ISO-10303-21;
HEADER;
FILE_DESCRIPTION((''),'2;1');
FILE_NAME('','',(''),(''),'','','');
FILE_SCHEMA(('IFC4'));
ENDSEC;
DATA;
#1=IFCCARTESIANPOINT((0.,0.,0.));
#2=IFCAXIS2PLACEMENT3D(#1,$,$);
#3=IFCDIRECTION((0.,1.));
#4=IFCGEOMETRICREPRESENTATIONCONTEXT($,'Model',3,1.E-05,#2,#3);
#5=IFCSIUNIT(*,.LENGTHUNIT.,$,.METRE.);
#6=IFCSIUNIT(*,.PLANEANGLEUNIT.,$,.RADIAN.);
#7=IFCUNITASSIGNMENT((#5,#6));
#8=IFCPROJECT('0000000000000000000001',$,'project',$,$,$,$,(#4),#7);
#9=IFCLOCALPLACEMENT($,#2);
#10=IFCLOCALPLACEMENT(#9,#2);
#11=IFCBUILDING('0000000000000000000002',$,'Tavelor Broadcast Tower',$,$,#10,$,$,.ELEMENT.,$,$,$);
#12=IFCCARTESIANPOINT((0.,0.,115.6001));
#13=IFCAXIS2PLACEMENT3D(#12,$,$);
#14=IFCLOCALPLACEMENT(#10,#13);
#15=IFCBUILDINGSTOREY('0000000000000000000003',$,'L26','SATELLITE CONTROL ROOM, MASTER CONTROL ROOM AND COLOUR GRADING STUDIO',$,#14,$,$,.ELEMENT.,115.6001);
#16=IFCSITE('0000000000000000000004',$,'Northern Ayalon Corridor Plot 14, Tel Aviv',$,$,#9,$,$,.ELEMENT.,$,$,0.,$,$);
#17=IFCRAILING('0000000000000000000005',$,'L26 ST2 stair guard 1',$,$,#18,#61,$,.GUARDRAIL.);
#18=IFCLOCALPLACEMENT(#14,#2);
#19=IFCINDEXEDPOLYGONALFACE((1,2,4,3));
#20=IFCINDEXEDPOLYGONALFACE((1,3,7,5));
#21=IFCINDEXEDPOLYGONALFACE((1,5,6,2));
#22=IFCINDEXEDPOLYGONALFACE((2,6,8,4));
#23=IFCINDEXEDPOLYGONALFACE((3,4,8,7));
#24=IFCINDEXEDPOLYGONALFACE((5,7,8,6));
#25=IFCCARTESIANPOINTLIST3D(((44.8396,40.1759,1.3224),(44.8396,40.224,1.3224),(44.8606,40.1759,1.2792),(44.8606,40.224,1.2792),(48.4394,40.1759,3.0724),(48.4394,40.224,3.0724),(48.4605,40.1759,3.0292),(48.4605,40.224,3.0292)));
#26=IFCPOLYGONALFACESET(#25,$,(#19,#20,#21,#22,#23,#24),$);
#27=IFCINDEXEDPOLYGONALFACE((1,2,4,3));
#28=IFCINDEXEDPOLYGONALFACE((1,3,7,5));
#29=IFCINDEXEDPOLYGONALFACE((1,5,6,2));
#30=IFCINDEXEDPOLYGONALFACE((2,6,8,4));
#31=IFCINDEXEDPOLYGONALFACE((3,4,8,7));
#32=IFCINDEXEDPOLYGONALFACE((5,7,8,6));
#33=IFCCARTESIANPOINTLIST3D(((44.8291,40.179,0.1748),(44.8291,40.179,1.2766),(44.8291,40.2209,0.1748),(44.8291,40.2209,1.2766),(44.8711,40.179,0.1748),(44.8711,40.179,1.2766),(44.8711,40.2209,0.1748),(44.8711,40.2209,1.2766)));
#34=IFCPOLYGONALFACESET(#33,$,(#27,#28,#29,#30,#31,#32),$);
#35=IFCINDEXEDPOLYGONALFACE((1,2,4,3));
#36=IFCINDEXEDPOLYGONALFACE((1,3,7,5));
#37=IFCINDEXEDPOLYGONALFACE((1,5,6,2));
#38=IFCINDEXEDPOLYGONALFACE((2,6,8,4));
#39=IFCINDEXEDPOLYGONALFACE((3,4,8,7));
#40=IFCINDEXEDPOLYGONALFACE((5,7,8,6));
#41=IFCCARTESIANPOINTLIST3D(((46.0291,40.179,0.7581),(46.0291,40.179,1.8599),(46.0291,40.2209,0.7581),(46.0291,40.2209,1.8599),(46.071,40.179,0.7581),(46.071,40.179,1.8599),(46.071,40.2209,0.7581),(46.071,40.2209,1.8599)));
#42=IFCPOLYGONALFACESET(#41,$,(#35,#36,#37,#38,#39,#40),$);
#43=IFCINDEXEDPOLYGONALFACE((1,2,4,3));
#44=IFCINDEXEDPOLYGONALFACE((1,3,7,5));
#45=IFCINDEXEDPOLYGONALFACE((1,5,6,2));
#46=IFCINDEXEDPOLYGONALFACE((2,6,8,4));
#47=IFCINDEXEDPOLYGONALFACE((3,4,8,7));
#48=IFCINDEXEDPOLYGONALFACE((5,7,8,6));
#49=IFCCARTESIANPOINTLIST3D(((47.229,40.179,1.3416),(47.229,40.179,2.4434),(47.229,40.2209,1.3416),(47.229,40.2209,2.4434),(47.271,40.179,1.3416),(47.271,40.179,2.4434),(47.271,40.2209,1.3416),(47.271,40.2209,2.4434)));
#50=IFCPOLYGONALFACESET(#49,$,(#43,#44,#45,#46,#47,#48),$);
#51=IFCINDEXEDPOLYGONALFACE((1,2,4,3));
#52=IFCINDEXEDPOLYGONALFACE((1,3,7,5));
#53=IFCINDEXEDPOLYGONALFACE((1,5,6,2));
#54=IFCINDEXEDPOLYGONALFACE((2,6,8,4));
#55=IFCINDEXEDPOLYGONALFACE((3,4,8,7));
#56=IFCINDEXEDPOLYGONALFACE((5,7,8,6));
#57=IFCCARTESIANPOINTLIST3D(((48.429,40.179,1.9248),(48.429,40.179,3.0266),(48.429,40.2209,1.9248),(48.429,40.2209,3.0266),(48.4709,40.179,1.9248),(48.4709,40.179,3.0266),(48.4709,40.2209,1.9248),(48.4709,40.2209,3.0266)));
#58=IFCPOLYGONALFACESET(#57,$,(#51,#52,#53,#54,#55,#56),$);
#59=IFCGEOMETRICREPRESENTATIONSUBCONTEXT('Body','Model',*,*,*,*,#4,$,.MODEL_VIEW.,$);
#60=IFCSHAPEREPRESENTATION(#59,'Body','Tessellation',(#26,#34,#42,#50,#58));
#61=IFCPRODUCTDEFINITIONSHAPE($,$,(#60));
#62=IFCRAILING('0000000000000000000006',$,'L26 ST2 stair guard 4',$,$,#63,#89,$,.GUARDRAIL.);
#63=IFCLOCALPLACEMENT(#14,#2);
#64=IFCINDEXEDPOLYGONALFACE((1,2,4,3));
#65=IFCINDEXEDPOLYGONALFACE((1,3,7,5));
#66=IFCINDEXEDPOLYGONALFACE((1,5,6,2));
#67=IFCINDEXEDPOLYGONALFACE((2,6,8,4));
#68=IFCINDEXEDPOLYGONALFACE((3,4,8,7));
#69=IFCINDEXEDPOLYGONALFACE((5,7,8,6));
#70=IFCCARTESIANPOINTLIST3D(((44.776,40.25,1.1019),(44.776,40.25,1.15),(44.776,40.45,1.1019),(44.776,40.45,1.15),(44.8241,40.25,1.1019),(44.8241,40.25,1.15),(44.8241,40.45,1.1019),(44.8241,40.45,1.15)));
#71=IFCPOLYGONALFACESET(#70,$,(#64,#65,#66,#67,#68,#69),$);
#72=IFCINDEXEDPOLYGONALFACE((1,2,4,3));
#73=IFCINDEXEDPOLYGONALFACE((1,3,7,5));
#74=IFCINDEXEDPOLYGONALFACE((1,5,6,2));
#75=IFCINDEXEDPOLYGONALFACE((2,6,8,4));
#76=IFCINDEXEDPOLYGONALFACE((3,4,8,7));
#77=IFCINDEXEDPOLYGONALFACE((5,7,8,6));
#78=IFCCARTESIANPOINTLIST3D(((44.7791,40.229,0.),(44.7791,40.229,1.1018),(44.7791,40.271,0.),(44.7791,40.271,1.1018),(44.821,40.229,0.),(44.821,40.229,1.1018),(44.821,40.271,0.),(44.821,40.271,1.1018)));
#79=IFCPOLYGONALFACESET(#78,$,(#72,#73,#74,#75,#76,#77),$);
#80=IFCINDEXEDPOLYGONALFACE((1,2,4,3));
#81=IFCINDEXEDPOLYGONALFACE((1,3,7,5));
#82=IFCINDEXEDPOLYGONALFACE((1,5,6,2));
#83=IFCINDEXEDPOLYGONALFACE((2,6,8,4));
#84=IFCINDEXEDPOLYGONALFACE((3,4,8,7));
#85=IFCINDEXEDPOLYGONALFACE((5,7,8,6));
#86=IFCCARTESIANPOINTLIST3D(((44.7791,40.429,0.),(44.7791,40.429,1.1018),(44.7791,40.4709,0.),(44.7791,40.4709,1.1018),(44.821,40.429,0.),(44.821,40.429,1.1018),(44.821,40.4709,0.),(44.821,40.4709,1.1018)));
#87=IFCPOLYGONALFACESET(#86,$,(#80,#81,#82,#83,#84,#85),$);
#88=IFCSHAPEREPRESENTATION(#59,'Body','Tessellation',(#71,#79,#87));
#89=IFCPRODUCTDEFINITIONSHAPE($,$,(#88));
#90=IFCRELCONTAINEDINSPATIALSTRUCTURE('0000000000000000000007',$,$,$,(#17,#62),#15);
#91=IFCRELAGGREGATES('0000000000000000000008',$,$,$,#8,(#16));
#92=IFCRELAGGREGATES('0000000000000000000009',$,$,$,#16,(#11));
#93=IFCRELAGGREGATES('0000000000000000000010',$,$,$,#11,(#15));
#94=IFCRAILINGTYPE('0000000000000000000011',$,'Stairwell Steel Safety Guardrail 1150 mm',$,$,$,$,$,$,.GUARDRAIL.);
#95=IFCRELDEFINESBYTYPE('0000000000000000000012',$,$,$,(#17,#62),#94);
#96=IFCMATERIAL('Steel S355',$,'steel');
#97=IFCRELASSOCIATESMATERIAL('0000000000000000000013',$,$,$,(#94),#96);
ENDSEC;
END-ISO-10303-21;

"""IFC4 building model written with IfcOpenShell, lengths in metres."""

from ifc_helpers import new_model, si_unit, direction, frame, origin, origin_2d, place, context, subcontext, project, spatial, rectangle, extrude, material, type_object, element, save


model = new_model("IFC4")

# Units and contexts
model_context = context("Model", 3, precision=1e-05, world=origin(), true_north=direction((0.0, 1.0)))
body_context = subcontext(model_context, "Body", "Model", "MODEL_VIEW")
ifc_project = project(units=[si_unit("LENGTHUNIT", "METRE"), si_unit("PLANEANGLEUNIT", "RADIAN")], contexts=[model_context])

# Site, building, storey
site_placement = place(None, origin())
site = spatial("IfcSite", under=ifc_project, at=site_placement, Name="Northern Ayalon Corridor Plot 14, Tel Aviv", CompositionType="ELEMENT", RefElevation=0.0)
building_placement = place(site_placement, origin())
building = spatial("IfcBuilding", under=site, at=building_placement, Name="Tavelor Broadcast Tower", CompositionType="ELEMENT")
storey_placement = place(building_placement, frame((0.0, 0.0, 115.6001)))
storey = spatial("IfcBuildingStorey", under=building, at=storey_placement, Name="L26", Description="SATELLITE CONTROL ROOM, MASTER CONTROL ROOM AND COLOUR GRADING STUDIO", CompositionType="ELEMENT", Elevation=115.6001)

# Shared definitions
ifc_material_1 = material(Name="Steel S355", Category="steel")

# Railings
railing_type_1 = type_object("IfcRailingType", Name="Stairwell Steel Safety Guardrail 1150 mm", PredefinedType="GUARDRAIL", material=ifc_material_1)
railing_1_placement = place(storey_placement, frame((44.8501, 40.2, 0.1748)))
element("IfcRailing", 1, at=railing_1_placement, inside=storey, type_object=railing_type_1, Name="L26 ST2 stair guard 1", PredefinedType="GUARDRAIL", context=body_context, shape_type="SweptSolid", body=[
    extrude(rectangle(XDim=0.0481, YDim=0.0481, at=origin_2d()), frame((0.0, 0.0, 1.126), z_axis=(0.899361, 0.0, 0.437207), x_axis=(0.0, 1.0, 0.0)), (0.0, 0.0, 1.0), 4.0027),
    extrude(rectangle(XDim=0.042, YDim=0.042, at=origin_2d()), origin(), (0.0, 0.0, 1.0), 1.1018),
    extrude(rectangle(XDim=0.042, YDim=0.042, at=origin_2d()), frame((1.2, 0.0, 0.5833)), (0.0, 0.0, 1.0), 1.1018),
    extrude(rectangle(XDim=0.042, YDim=0.042, at=origin_2d()), frame((2.3999, 0.0, 1.1667)), (0.0, 0.0, 1.0), 1.1018),
    extrude(rectangle(XDim=0.042, YDim=0.042, at=origin_2d()), frame((3.5999, 0.0, 1.75)), (0.0, 0.0, 1.0), 1.1018),
])
railing_2_placement = place(storey_placement, frame((44.8, 40.25, 0.0)))
element("IfcRailing", 2, at=railing_2_placement, inside=storey, type_object=railing_type_1, Name="L26 ST2 stair guard 4", PredefinedType="GUARDRAIL", context=body_context, shape_type="SweptSolid", body=[
    extrude(rectangle(XDim=0.0481, YDim=0.0481, at=origin_2d()), frame((0.0, 0.0, 1.126), z_axis=(0.0, 1.0, 0.0), x_axis=(-1.0, 0.0, 0.0)), (0.0, 0.0, 1.0), 0.2),
    extrude(rectangle(XDim=0.042, YDim=0.042, at=origin_2d()), origin(), (0.0, 0.0, 1.0), 1.1018),
    extrude(rectangle(XDim=0.042, YDim=0.042, at=origin_2d()), frame((0.0, 0.2, 0.0)), (0.0, 0.0, 1.0), 1.1018),
])

save(model, "model.ifc")
